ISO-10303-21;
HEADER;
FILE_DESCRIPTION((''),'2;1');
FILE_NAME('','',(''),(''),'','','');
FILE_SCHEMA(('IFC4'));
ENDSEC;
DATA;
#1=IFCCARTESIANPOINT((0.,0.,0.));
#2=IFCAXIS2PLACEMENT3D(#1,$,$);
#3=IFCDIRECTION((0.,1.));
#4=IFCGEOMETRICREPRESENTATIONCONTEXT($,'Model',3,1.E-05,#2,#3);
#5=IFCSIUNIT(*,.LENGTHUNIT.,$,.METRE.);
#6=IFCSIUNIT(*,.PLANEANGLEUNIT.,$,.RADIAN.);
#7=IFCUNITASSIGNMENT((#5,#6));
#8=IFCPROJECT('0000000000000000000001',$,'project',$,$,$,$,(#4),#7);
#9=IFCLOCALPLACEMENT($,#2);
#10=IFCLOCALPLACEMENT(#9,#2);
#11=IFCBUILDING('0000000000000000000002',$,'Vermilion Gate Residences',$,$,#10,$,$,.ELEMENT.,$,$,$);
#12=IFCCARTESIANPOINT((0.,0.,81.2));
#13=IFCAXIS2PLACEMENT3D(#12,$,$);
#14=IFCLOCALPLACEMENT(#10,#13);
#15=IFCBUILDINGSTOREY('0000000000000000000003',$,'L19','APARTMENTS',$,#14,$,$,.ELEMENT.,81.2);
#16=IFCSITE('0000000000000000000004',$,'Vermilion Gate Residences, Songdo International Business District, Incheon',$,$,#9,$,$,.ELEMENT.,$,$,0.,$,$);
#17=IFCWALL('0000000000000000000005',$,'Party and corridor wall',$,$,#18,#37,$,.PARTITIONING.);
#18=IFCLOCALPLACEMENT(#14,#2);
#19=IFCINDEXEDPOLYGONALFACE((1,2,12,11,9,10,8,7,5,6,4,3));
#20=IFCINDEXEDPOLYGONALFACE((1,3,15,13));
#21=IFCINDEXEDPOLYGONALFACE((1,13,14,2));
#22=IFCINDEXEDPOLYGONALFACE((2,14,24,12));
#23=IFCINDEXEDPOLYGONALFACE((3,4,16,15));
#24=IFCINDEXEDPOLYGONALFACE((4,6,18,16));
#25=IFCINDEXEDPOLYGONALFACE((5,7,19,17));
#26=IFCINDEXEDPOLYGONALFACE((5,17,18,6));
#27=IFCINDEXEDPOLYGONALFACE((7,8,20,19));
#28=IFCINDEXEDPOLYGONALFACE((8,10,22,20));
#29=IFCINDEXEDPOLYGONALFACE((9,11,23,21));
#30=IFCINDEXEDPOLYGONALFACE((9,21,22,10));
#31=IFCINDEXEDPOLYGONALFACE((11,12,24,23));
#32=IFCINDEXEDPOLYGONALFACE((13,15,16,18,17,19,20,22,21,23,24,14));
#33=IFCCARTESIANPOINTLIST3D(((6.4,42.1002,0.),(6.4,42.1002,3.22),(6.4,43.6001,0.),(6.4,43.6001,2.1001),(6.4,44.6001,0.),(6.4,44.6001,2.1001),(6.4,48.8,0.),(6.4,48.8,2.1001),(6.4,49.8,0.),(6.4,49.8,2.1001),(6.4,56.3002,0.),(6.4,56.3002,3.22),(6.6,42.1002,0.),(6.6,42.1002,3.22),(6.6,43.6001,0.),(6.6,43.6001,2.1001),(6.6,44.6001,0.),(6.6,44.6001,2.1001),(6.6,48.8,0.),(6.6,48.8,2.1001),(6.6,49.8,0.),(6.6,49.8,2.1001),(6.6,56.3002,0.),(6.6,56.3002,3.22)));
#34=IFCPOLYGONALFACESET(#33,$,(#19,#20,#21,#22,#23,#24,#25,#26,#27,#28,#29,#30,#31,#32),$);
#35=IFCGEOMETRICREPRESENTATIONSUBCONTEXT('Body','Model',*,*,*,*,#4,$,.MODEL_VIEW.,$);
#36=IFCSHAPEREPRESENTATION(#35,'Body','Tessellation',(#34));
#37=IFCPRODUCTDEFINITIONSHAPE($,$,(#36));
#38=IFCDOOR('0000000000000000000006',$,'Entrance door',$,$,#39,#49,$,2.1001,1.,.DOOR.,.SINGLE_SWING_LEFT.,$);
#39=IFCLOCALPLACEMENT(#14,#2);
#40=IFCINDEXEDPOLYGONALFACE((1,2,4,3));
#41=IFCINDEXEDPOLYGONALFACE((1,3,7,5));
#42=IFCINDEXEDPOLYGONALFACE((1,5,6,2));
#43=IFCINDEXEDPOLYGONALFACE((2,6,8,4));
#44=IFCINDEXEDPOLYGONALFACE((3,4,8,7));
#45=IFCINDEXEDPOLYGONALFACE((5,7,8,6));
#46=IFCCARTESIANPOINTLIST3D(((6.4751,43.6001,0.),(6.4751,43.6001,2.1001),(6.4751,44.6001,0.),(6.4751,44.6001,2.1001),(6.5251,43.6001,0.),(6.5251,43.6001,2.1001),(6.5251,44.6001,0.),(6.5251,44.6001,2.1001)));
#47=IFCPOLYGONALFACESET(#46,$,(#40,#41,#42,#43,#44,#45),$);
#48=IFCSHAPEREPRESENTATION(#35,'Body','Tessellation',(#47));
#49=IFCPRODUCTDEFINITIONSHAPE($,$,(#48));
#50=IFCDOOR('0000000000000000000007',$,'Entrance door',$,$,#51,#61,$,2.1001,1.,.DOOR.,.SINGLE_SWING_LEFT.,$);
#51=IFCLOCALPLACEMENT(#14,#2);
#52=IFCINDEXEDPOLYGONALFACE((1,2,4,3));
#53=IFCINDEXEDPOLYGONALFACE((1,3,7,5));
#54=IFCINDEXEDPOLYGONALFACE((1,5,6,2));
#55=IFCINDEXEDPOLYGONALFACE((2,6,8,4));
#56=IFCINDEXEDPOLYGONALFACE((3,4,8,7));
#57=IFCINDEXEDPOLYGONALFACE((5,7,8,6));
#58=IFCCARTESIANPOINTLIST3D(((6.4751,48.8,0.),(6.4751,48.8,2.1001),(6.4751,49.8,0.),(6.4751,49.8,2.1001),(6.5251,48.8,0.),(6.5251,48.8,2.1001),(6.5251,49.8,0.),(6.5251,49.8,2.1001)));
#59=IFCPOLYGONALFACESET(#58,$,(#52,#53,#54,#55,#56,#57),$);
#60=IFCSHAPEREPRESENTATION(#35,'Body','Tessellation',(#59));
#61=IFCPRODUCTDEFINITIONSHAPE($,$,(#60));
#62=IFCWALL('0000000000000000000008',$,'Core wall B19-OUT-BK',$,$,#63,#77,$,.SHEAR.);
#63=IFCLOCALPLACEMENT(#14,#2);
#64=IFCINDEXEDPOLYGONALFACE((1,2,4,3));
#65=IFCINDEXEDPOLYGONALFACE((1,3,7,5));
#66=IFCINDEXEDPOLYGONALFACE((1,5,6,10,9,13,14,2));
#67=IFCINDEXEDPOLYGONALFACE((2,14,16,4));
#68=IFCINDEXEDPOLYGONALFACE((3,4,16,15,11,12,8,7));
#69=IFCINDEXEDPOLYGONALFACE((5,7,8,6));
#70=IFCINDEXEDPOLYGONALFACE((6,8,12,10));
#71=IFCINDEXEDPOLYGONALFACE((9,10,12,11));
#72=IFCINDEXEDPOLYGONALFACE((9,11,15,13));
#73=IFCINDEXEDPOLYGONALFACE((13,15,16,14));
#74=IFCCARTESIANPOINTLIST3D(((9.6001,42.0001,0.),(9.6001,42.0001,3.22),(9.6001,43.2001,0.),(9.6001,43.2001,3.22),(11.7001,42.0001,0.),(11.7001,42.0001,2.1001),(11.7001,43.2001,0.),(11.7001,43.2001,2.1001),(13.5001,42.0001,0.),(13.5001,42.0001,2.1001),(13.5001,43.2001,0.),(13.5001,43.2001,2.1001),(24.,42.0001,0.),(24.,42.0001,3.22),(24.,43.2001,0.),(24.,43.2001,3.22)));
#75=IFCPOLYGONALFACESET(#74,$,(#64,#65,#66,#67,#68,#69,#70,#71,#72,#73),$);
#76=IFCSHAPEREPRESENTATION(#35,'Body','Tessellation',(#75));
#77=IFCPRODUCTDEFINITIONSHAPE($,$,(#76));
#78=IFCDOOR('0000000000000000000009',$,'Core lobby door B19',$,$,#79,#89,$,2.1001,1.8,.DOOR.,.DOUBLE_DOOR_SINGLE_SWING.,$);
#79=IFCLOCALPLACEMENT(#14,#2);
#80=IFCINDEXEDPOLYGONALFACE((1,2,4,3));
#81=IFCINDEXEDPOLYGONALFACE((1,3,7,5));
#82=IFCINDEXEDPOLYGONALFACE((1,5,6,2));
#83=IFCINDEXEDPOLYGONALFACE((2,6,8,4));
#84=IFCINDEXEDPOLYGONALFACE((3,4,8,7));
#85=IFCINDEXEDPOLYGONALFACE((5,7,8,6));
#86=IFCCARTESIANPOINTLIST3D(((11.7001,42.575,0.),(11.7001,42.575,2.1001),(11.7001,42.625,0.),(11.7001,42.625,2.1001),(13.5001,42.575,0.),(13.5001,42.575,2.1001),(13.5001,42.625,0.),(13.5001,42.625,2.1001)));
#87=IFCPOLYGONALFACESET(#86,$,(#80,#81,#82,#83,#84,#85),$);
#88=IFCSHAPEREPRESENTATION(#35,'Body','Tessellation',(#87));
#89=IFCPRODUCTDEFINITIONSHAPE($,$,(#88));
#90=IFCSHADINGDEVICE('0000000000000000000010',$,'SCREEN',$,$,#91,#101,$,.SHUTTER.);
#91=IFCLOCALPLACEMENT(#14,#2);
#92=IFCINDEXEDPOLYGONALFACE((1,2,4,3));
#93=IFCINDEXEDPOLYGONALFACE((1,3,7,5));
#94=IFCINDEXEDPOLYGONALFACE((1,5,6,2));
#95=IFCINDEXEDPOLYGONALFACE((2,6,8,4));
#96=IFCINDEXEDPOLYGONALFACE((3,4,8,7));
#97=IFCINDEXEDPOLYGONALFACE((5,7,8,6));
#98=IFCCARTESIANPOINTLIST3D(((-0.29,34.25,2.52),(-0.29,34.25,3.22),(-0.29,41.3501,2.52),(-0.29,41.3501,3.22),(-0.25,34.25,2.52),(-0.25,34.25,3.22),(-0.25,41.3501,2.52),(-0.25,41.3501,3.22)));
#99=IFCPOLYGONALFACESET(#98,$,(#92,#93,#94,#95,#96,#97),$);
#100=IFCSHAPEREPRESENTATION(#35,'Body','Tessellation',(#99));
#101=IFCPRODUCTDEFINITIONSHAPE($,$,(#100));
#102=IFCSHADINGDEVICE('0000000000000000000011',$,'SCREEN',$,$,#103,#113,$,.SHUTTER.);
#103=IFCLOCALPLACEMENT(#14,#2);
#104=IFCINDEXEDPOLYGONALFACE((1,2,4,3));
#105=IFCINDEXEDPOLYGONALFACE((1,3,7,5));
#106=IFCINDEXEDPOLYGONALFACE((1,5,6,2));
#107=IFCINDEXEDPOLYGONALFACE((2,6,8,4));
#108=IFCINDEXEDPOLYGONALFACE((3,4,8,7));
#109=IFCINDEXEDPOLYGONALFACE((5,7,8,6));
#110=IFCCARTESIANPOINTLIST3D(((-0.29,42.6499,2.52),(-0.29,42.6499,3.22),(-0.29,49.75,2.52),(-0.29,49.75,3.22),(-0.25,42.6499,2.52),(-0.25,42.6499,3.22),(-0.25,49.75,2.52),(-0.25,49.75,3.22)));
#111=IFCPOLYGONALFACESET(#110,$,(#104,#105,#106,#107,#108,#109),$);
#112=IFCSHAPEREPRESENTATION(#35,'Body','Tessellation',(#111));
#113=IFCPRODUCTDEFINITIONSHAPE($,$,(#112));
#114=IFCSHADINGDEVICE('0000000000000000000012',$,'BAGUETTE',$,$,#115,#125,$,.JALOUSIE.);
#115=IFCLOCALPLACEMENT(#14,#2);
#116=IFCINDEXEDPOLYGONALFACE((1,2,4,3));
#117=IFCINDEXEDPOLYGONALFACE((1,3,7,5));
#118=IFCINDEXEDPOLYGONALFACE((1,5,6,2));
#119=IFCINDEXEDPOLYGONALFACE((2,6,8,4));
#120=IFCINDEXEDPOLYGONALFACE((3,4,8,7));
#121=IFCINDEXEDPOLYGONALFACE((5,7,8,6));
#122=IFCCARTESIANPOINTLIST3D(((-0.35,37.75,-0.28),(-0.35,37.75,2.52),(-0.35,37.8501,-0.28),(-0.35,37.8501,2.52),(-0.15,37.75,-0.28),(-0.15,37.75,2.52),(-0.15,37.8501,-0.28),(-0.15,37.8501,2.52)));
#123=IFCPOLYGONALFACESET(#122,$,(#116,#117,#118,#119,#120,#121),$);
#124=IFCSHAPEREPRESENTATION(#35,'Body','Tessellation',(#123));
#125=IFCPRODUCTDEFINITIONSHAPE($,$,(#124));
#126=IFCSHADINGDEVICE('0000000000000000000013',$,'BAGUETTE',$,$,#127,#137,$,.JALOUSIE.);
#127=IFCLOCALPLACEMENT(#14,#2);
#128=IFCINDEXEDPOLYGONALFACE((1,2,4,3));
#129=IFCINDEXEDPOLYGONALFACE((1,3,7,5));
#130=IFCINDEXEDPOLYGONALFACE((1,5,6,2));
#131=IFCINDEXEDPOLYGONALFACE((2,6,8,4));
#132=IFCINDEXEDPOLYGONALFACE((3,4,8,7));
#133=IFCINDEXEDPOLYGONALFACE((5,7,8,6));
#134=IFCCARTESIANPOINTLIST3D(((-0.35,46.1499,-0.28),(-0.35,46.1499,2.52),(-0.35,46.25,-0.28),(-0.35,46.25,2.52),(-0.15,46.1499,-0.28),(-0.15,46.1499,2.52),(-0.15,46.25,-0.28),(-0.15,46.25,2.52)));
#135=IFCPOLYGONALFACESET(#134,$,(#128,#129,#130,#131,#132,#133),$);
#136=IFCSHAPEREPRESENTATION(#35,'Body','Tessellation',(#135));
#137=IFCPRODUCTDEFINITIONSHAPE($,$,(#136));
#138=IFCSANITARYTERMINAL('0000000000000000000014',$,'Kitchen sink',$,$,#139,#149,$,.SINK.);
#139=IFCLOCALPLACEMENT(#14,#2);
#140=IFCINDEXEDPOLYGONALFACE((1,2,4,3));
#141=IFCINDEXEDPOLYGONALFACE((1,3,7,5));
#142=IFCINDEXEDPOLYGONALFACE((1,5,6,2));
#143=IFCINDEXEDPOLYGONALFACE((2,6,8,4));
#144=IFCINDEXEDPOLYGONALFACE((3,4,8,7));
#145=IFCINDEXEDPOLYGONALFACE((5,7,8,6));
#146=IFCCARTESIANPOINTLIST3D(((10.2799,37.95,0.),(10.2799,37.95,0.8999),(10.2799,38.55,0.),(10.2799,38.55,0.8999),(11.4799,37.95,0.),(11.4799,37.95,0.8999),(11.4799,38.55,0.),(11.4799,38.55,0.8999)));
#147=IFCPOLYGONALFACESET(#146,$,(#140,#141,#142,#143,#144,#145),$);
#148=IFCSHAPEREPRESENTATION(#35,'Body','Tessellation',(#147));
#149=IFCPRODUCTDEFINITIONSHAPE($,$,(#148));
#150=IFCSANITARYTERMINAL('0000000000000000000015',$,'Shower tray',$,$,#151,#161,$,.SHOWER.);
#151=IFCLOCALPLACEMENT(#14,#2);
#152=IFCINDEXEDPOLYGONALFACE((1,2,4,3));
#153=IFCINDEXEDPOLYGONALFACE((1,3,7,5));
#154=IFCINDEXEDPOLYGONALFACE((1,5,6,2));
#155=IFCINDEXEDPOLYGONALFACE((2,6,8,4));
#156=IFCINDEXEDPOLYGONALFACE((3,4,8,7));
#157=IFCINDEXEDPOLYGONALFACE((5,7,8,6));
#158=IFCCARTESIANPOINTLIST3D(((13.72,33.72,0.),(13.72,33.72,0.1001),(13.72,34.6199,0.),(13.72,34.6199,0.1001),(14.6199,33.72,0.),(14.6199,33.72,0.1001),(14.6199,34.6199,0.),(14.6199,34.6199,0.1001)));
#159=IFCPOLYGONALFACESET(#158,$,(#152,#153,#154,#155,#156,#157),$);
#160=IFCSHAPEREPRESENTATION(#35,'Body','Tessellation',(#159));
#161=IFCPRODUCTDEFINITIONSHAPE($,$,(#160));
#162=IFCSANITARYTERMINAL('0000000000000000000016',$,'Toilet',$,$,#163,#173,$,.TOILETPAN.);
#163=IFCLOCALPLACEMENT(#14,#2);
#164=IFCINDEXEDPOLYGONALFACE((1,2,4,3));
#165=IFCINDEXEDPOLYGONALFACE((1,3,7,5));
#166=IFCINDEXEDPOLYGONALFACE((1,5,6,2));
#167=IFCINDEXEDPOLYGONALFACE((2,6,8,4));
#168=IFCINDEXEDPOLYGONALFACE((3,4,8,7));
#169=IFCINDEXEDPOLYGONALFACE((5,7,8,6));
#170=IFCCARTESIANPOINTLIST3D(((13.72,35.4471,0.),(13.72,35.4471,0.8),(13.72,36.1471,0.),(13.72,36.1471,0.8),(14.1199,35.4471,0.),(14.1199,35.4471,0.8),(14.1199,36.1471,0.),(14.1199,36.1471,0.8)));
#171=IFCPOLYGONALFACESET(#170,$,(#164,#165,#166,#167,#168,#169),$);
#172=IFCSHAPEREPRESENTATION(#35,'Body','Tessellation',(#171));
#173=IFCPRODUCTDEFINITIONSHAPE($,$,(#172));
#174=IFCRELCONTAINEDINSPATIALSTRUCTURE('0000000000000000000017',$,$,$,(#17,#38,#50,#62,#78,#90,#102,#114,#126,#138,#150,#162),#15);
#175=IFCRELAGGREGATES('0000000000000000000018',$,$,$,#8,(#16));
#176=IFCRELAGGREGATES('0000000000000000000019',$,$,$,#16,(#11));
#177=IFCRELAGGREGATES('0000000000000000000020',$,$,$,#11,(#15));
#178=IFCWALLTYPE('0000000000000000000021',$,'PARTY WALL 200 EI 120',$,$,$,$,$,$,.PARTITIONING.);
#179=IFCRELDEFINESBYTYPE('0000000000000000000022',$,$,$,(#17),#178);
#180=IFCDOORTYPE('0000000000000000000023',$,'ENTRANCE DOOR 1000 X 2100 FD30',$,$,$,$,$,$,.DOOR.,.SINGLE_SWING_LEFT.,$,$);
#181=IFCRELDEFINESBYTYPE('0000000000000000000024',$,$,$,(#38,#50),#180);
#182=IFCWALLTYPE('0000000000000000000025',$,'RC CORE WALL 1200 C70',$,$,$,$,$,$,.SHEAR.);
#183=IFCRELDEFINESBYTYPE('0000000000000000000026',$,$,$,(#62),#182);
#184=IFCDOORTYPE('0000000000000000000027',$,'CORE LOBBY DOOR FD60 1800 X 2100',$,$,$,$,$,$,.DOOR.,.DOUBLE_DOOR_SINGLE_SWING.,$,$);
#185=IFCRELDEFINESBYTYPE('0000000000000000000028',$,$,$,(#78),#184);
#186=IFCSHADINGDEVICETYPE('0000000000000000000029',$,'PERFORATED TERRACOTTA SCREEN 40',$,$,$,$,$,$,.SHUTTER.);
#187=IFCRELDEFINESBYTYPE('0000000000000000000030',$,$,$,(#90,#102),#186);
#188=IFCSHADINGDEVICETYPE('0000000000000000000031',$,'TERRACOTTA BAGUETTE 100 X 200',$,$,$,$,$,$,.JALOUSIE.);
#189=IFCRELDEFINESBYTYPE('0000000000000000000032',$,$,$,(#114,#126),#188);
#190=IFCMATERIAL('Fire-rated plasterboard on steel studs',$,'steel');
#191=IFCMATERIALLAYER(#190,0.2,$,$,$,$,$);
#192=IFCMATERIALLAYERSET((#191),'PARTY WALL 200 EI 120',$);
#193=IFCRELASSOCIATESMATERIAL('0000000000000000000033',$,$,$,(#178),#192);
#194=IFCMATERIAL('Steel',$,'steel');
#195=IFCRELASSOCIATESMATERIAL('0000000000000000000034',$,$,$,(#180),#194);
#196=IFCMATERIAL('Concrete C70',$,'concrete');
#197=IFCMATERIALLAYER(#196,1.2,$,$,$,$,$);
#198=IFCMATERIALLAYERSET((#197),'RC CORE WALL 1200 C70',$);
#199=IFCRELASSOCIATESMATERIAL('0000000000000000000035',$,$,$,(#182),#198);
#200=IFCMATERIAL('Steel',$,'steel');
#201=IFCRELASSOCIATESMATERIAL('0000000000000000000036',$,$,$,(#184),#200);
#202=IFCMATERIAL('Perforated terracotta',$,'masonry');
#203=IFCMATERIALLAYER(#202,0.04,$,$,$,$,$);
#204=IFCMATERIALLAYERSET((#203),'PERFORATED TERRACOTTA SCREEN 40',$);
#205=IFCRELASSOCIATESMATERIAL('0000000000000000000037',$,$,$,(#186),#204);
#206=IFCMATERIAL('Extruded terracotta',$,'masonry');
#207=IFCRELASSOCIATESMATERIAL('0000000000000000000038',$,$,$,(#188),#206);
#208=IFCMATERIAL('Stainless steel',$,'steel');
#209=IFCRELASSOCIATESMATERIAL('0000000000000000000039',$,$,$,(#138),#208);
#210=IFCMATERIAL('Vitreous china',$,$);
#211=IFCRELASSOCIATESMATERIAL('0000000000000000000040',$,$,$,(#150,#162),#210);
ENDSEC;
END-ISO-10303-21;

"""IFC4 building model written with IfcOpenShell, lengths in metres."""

from ifc_helpers import new_model, si_unit, direction, frame, frame_2d, origin, origin_2d, place, context, subcontext, project, spatial, rectangle, extrude, material, layer, layer_set, material_profile, profile_set, type_object, element, fill, save


model = new_model("IFC4")

# Units and contexts
model_context = context("Model", 3, precision=1e-05, world=origin(), true_north=direction((0.0, 1.0)))
body_context = subcontext(model_context, "Body", "Model", "MODEL_VIEW")
ifc_project = project(units=[si_unit("LENGTHUNIT", "METRE"), si_unit("PLANEANGLEUNIT", "RADIAN")], contexts=[model_context])

# Site, building, storey
site_placement = place(None, origin())
site = spatial("IfcSite", under=ifc_project, at=site_placement, Name="Vermilion Gate Residences, Songdo International Business District, Incheon", CompositionType="ELEMENT", RefElevation=0.0)
building_placement = place(site_placement, origin())
building = spatial("IfcBuilding", under=site, at=building_placement, Name="Vermilion Gate Residences", CompositionType="ELEMENT")
storey_placement = place(building_placement, frame((0.0, 0.0, 81.2)))
storey = spatial("IfcBuildingStorey", under=building, at=storey_placement, Name="L19", Description="APARTMENTS", CompositionType="ELEMENT", Elevation=81.2)

# Shared definitions
ifc_material_1 = material(Name="Fire-rated plasterboard on steel studs", Category="steel")
ifc_layer_1 = layer(ifc_material_1, 0.2)
ifc_layer_set_1 = layer_set([ifc_layer_1], Name="PARTY WALL 200 EI 120")
wall_type_1 = type_object("IfcWallType", Name="PARTY WALL 200 EI 120", PredefinedType="PARTITIONING", material=ifc_layer_set_1)

# Wall, openings, doors
wall_1_placement = place(storey_placement, frame((6.5, 42.1001, 0.0), z_axis=(0.0, 0.0, 1.0), x_axis=(0.0, 1.0, 0.0)))
wall_1 = element("IfcWall", 1, at=wall_1_placement, inside=storey, type_object=wall_type_1, Name="Party and corridor wall", PredefinedType="PARTITIONING", context=body_context, shape_type="SweptSolid", body=[
    extrude(rectangle(XDim=14.2, YDim=0.2, at=frame_2d((7.1001, 0.0))), origin(), (0.0, 0.0, 1.0), 3.22),
])
opening_1_placement = place(wall_1_placement, frame((1.5, 0.0, 0.0)))
opening_1 = element("IfcOpeningElement", 2, at=opening_1_placement, cuts=wall_1, PredefinedType="OPENING", context=body_context, shape_type="SweptSolid", body=[
    extrude(rectangle(XDim=1.0, YDim=2.1001, at=frame_2d((0.5, 1.05))), frame((0.0, 0.1099, 0.0), z_axis=(0.0, -1.0, 0.0), x_axis=(1.0, 0.0, 0.0)), (0.0, 0.0, 1.0), 0.22),
])
opening_2_placement = place(wall_1_placement, frame((6.7, 0.0, 0.0)))
opening_2 = element("IfcOpeningElement", 3, at=opening_2_placement, cuts=wall_1, PredefinedType="OPENING", context=body_context, shape_type="SweptSolid", body=[
    extrude(rectangle(XDim=1.0, YDim=2.1001, at=frame_2d((0.5, 1.05))), frame((0.0, 0.1099, 0.0), z_axis=(0.0, -1.0, 0.0), x_axis=(1.0, 0.0, 0.0)), (0.0, 0.0, 1.0), 0.22),
])
ifc_material_2 = material(Name="Steel", Category="steel")
door_type_1 = type_object("IfcDoorType", Name="ENTRANCE DOOR 1000 X 2100 FD30", OperationType="SINGLE_SWING_LEFT", PredefinedType="DOOR", material=ifc_material_2)
door_1_placement = place(opening_1_placement, origin())
door_1 = element("IfcDoor", 4, at=door_1_placement, inside=storey, type_object=door_type_1, Name="Entrance door", OperationType="SINGLE_SWING_LEFT", OverallHeight=2.1001, OverallWidth=1.0, PredefinedType="DOOR", context=body_context, shape_type="SweptSolid", body=[
    extrude(rectangle(XDim=1.0, YDim=2.1001, at=frame_2d((0.5, 1.05))), frame((0.0, 0.0249, 0.0), z_axis=(0.0, -1.0, 0.0), x_axis=(1.0, 0.0, 0.0)), (0.0, 0.0, 1.0), 0.05),
])
fill(opening_1, door_1)
door_2_placement = place(opening_2_placement, origin())
door_2 = element("IfcDoor", 5, at=door_2_placement, inside=storey, type_object=door_type_1, Name="Entrance door", OperationType="SINGLE_SWING_LEFT", OverallHeight=2.1001, OverallWidth=1.0, PredefinedType="DOOR", context=body_context, shape_type="SweptSolid", body=[
    extrude(rectangle(XDim=1.0, YDim=2.1001, at=frame_2d((0.5, 1.05))), frame((0.0, 0.0249, 0.0), z_axis=(0.0, -1.0, 0.0), x_axis=(1.0, 0.0, 0.0)), (0.0, 0.0, 1.0), 0.05),
])
fill(opening_2, door_2)

# Wall, opening, door
ifc_material_3 = material(Name="Concrete C70", Category="concrete")
ifc_layer_2 = layer(ifc_material_3, 1.2)
ifc_layer_set_2 = layer_set([ifc_layer_2], Name="RC CORE WALL 1200 C70")
wall_type_2 = type_object("IfcWallType", Name="RC CORE WALL 1200 C70", PredefinedType="SHEAR", material=ifc_layer_set_2)
wall_2_placement = place(storey_placement, frame((9.6001, 42.6001, 0.0), z_axis=(0.0, 0.0, 1.0), x_axis=(1.0, 0.0, 0.0)))
wall_2 = element("IfcWall", 6, at=wall_2_placement, inside=storey, type_object=wall_type_2, Name="Core wall B19-OUT-BK", PredefinedType="SHEAR", context=body_context, shape_type="SweptSolid", body=[
    extrude(rectangle(XDim=14.3999, YDim=1.2, at=frame_2d((7.2, 0.0))), origin(), (0.0, 0.0, 1.0), 3.22),
])
opening_3_placement = place(wall_2_placement, frame((2.1001, 0.0, 0.0)))
opening_3 = element("IfcOpeningElement", 7, at=opening_3_placement, cuts=wall_2, PredefinedType="OPENING", context=body_context, shape_type="SweptSolid", body=[
    extrude(rectangle(XDim=1.8, YDim=2.1001, at=frame_2d((0.8999, 1.05))), frame((0.0, 0.6099, 0.0), z_axis=(0.0, -1.0, 0.0), x_axis=(1.0, 0.0, 0.0)), (0.0, 0.0, 1.0), 1.22),
])
ifc_material_4 = material(Name="Steel", Category="steel")
door_type_2 = type_object("IfcDoorType", Name="CORE LOBBY DOOR FD60 1800 X 2100", OperationType="DOUBLE_DOOR_SINGLE_SWING", PredefinedType="DOOR", material=ifc_material_4)
door_3_placement = place(opening_3_placement, origin())
door_3 = element("IfcDoor", 8, at=door_3_placement, inside=storey, type_object=door_type_2, Name="Core lobby door B19", OperationType="DOUBLE_DOOR_SINGLE_SWING", OverallHeight=2.1001, OverallWidth=1.8, PredefinedType="DOOR", context=body_context, shape_type="SweptSolid", body=[
    extrude(rectangle(XDim=1.8, YDim=2.1001, at=frame_2d((0.8999, 1.05))), frame((0.0, 0.0249, 0.0), z_axis=(0.0, -1.0, 0.0), x_axis=(1.0, 0.0, 0.0)), (0.0, 0.0, 1.0), 0.05),
])
fill(opening_3, door_3)

# Shading devices
ifc_material_5 = material(Name="Perforated terracotta", Category="masonry")
ifc_layer_3 = layer(ifc_material_5, 0.04)
ifc_layer_set_3 = layer_set([ifc_layer_3], Name="PERFORATED TERRACOTTA SCREEN 40")
shading_device_type_1 = type_object("IfcShadingDeviceType", Name="PERFORATED TERRACOTTA SCREEN 40", PredefinedType="SHUTTER", material=ifc_layer_set_3)
for number, where, z_axis, x_axis, name in (
    (9, (-0.27, 37.8, 2.52), (0.0, 0.0, 1.0), (0.0, -1.0, 0.0), "SCREEN"),
    (10, (-0.27, 46.2, 2.52), (0.0, 0.0, 1.0), (0.0, -1.0, 0.0), "SCREEN"),
):
    element("IfcShadingDevice", number, at=place(storey_placement, frame(where, z_axis=z_axis, x_axis=x_axis)), inside=storey, type_object=shading_device_type_1, Name=name, PredefinedType="SHUTTER", context=body_context, shape_type="SweptSolid", body=[
        extrude(rectangle(XDim=7.1001, YDim=0.04, at=origin_2d()), origin(), (0.0, 0.0, 1.0), 0.7),
    ])
ifc_material_6 = material(Name="Extruded terracotta", Category="masonry")
ifc_material_profile_1 = material_profile(ifc_material_6, rectangle(XDim=0.2, YDim=0.1001, at=origin_2d()), Name="BAGUETTE 100 X 200")
ifc_profile_set_1 = profile_set([ifc_material_profile_1], Name="Extruded terracotta")
shading_device_type_2 = type_object("IfcShadingDeviceType", Name="TERRACOTTA BAGUETTE 100 X 200", PredefinedType="JALOUSIE", material=ifc_profile_set_1)
for number, where, z_axis, x_axis, name in (
    (11, (-0.25, 37.8, -0.28), (0.0, 0.0, 1.0), (1.0, 0.0, 0.0), "BAGUETTE"),
    (12, (-0.25, 46.2, -0.28), (0.0, 0.0, 1.0), (1.0, 0.0, 0.0), "BAGUETTE"),
):
    element("IfcShadingDevice", number, at=place(storey_placement, frame(where, z_axis=z_axis, x_axis=x_axis)), inside=storey, type_object=shading_device_type_2, Name=name, PredefinedType="JALOUSIE", context=body_context, shape_type="SweptSolid", body=[
        extrude(rectangle(XDim=0.2, YDim=0.1001, at=origin_2d()), origin(), (0.0, 0.0, 1.0), 2.8),
    ])

# Sanitary terminals
ifc_material_7 = material(Name="Stainless steel", Category="steel")
sanitary_terminal_1_placement = place(storey_placement, frame((10.8799, 38.25, 0.0), z_axis=(0.0, 0.0, 1.0), x_axis=(1.0, 0.0, 0.0)))
element("IfcSanitaryTerminal", 13, at=sanitary_terminal_1_placement, inside=storey, material=ifc_material_7, Name="Kitchen sink", PredefinedType="SINK", context=body_context, shape_type="SweptSolid", body=[
    extrude(rectangle(XDim=1.2, YDim=0.6001, at=origin_2d()), origin(), (0.0, 0.0, 1.0), 0.8999),
])
ifc_material_8 = material(Name="Vitreous china")
sanitary_terminal_2_placement = place(storey_placement, frame((14.1699, 34.1699, 0.0), z_axis=(0.0, 0.0, 1.0), x_axis=(1.0, 0.0, 0.0)))
element("IfcSanitaryTerminal", 14, at=sanitary_terminal_2_placement, inside=storey, material=ifc_material_8, Name="Shower tray", PredefinedType="SHOWER", context=body_context, shape_type="SweptSolid", body=[
    extrude(rectangle(XDim=0.8999, YDim=0.8999, at=origin_2d()), origin(), (0.0, 0.0, 1.0), 0.1001),
])
sanitary_terminal_3_placement = place(storey_placement, frame((13.9199, 35.7971, 0.0), z_axis=(0.0, 0.0, 1.0), x_axis=(1.0, 0.0, 0.0)))
element("IfcSanitaryTerminal", 15, at=sanitary_terminal_3_placement, inside=storey, material=ifc_material_8, Name="Toilet", PredefinedType="TOILETPAN", context=body_context, shape_type="SweptSolid", body=[
    extrude(rectangle(XDim=0.3999, YDim=0.7, at=origin_2d()), origin(), (0.0, 0.0, 1.0), 0.8),
])

save(model, "model.ifc")
